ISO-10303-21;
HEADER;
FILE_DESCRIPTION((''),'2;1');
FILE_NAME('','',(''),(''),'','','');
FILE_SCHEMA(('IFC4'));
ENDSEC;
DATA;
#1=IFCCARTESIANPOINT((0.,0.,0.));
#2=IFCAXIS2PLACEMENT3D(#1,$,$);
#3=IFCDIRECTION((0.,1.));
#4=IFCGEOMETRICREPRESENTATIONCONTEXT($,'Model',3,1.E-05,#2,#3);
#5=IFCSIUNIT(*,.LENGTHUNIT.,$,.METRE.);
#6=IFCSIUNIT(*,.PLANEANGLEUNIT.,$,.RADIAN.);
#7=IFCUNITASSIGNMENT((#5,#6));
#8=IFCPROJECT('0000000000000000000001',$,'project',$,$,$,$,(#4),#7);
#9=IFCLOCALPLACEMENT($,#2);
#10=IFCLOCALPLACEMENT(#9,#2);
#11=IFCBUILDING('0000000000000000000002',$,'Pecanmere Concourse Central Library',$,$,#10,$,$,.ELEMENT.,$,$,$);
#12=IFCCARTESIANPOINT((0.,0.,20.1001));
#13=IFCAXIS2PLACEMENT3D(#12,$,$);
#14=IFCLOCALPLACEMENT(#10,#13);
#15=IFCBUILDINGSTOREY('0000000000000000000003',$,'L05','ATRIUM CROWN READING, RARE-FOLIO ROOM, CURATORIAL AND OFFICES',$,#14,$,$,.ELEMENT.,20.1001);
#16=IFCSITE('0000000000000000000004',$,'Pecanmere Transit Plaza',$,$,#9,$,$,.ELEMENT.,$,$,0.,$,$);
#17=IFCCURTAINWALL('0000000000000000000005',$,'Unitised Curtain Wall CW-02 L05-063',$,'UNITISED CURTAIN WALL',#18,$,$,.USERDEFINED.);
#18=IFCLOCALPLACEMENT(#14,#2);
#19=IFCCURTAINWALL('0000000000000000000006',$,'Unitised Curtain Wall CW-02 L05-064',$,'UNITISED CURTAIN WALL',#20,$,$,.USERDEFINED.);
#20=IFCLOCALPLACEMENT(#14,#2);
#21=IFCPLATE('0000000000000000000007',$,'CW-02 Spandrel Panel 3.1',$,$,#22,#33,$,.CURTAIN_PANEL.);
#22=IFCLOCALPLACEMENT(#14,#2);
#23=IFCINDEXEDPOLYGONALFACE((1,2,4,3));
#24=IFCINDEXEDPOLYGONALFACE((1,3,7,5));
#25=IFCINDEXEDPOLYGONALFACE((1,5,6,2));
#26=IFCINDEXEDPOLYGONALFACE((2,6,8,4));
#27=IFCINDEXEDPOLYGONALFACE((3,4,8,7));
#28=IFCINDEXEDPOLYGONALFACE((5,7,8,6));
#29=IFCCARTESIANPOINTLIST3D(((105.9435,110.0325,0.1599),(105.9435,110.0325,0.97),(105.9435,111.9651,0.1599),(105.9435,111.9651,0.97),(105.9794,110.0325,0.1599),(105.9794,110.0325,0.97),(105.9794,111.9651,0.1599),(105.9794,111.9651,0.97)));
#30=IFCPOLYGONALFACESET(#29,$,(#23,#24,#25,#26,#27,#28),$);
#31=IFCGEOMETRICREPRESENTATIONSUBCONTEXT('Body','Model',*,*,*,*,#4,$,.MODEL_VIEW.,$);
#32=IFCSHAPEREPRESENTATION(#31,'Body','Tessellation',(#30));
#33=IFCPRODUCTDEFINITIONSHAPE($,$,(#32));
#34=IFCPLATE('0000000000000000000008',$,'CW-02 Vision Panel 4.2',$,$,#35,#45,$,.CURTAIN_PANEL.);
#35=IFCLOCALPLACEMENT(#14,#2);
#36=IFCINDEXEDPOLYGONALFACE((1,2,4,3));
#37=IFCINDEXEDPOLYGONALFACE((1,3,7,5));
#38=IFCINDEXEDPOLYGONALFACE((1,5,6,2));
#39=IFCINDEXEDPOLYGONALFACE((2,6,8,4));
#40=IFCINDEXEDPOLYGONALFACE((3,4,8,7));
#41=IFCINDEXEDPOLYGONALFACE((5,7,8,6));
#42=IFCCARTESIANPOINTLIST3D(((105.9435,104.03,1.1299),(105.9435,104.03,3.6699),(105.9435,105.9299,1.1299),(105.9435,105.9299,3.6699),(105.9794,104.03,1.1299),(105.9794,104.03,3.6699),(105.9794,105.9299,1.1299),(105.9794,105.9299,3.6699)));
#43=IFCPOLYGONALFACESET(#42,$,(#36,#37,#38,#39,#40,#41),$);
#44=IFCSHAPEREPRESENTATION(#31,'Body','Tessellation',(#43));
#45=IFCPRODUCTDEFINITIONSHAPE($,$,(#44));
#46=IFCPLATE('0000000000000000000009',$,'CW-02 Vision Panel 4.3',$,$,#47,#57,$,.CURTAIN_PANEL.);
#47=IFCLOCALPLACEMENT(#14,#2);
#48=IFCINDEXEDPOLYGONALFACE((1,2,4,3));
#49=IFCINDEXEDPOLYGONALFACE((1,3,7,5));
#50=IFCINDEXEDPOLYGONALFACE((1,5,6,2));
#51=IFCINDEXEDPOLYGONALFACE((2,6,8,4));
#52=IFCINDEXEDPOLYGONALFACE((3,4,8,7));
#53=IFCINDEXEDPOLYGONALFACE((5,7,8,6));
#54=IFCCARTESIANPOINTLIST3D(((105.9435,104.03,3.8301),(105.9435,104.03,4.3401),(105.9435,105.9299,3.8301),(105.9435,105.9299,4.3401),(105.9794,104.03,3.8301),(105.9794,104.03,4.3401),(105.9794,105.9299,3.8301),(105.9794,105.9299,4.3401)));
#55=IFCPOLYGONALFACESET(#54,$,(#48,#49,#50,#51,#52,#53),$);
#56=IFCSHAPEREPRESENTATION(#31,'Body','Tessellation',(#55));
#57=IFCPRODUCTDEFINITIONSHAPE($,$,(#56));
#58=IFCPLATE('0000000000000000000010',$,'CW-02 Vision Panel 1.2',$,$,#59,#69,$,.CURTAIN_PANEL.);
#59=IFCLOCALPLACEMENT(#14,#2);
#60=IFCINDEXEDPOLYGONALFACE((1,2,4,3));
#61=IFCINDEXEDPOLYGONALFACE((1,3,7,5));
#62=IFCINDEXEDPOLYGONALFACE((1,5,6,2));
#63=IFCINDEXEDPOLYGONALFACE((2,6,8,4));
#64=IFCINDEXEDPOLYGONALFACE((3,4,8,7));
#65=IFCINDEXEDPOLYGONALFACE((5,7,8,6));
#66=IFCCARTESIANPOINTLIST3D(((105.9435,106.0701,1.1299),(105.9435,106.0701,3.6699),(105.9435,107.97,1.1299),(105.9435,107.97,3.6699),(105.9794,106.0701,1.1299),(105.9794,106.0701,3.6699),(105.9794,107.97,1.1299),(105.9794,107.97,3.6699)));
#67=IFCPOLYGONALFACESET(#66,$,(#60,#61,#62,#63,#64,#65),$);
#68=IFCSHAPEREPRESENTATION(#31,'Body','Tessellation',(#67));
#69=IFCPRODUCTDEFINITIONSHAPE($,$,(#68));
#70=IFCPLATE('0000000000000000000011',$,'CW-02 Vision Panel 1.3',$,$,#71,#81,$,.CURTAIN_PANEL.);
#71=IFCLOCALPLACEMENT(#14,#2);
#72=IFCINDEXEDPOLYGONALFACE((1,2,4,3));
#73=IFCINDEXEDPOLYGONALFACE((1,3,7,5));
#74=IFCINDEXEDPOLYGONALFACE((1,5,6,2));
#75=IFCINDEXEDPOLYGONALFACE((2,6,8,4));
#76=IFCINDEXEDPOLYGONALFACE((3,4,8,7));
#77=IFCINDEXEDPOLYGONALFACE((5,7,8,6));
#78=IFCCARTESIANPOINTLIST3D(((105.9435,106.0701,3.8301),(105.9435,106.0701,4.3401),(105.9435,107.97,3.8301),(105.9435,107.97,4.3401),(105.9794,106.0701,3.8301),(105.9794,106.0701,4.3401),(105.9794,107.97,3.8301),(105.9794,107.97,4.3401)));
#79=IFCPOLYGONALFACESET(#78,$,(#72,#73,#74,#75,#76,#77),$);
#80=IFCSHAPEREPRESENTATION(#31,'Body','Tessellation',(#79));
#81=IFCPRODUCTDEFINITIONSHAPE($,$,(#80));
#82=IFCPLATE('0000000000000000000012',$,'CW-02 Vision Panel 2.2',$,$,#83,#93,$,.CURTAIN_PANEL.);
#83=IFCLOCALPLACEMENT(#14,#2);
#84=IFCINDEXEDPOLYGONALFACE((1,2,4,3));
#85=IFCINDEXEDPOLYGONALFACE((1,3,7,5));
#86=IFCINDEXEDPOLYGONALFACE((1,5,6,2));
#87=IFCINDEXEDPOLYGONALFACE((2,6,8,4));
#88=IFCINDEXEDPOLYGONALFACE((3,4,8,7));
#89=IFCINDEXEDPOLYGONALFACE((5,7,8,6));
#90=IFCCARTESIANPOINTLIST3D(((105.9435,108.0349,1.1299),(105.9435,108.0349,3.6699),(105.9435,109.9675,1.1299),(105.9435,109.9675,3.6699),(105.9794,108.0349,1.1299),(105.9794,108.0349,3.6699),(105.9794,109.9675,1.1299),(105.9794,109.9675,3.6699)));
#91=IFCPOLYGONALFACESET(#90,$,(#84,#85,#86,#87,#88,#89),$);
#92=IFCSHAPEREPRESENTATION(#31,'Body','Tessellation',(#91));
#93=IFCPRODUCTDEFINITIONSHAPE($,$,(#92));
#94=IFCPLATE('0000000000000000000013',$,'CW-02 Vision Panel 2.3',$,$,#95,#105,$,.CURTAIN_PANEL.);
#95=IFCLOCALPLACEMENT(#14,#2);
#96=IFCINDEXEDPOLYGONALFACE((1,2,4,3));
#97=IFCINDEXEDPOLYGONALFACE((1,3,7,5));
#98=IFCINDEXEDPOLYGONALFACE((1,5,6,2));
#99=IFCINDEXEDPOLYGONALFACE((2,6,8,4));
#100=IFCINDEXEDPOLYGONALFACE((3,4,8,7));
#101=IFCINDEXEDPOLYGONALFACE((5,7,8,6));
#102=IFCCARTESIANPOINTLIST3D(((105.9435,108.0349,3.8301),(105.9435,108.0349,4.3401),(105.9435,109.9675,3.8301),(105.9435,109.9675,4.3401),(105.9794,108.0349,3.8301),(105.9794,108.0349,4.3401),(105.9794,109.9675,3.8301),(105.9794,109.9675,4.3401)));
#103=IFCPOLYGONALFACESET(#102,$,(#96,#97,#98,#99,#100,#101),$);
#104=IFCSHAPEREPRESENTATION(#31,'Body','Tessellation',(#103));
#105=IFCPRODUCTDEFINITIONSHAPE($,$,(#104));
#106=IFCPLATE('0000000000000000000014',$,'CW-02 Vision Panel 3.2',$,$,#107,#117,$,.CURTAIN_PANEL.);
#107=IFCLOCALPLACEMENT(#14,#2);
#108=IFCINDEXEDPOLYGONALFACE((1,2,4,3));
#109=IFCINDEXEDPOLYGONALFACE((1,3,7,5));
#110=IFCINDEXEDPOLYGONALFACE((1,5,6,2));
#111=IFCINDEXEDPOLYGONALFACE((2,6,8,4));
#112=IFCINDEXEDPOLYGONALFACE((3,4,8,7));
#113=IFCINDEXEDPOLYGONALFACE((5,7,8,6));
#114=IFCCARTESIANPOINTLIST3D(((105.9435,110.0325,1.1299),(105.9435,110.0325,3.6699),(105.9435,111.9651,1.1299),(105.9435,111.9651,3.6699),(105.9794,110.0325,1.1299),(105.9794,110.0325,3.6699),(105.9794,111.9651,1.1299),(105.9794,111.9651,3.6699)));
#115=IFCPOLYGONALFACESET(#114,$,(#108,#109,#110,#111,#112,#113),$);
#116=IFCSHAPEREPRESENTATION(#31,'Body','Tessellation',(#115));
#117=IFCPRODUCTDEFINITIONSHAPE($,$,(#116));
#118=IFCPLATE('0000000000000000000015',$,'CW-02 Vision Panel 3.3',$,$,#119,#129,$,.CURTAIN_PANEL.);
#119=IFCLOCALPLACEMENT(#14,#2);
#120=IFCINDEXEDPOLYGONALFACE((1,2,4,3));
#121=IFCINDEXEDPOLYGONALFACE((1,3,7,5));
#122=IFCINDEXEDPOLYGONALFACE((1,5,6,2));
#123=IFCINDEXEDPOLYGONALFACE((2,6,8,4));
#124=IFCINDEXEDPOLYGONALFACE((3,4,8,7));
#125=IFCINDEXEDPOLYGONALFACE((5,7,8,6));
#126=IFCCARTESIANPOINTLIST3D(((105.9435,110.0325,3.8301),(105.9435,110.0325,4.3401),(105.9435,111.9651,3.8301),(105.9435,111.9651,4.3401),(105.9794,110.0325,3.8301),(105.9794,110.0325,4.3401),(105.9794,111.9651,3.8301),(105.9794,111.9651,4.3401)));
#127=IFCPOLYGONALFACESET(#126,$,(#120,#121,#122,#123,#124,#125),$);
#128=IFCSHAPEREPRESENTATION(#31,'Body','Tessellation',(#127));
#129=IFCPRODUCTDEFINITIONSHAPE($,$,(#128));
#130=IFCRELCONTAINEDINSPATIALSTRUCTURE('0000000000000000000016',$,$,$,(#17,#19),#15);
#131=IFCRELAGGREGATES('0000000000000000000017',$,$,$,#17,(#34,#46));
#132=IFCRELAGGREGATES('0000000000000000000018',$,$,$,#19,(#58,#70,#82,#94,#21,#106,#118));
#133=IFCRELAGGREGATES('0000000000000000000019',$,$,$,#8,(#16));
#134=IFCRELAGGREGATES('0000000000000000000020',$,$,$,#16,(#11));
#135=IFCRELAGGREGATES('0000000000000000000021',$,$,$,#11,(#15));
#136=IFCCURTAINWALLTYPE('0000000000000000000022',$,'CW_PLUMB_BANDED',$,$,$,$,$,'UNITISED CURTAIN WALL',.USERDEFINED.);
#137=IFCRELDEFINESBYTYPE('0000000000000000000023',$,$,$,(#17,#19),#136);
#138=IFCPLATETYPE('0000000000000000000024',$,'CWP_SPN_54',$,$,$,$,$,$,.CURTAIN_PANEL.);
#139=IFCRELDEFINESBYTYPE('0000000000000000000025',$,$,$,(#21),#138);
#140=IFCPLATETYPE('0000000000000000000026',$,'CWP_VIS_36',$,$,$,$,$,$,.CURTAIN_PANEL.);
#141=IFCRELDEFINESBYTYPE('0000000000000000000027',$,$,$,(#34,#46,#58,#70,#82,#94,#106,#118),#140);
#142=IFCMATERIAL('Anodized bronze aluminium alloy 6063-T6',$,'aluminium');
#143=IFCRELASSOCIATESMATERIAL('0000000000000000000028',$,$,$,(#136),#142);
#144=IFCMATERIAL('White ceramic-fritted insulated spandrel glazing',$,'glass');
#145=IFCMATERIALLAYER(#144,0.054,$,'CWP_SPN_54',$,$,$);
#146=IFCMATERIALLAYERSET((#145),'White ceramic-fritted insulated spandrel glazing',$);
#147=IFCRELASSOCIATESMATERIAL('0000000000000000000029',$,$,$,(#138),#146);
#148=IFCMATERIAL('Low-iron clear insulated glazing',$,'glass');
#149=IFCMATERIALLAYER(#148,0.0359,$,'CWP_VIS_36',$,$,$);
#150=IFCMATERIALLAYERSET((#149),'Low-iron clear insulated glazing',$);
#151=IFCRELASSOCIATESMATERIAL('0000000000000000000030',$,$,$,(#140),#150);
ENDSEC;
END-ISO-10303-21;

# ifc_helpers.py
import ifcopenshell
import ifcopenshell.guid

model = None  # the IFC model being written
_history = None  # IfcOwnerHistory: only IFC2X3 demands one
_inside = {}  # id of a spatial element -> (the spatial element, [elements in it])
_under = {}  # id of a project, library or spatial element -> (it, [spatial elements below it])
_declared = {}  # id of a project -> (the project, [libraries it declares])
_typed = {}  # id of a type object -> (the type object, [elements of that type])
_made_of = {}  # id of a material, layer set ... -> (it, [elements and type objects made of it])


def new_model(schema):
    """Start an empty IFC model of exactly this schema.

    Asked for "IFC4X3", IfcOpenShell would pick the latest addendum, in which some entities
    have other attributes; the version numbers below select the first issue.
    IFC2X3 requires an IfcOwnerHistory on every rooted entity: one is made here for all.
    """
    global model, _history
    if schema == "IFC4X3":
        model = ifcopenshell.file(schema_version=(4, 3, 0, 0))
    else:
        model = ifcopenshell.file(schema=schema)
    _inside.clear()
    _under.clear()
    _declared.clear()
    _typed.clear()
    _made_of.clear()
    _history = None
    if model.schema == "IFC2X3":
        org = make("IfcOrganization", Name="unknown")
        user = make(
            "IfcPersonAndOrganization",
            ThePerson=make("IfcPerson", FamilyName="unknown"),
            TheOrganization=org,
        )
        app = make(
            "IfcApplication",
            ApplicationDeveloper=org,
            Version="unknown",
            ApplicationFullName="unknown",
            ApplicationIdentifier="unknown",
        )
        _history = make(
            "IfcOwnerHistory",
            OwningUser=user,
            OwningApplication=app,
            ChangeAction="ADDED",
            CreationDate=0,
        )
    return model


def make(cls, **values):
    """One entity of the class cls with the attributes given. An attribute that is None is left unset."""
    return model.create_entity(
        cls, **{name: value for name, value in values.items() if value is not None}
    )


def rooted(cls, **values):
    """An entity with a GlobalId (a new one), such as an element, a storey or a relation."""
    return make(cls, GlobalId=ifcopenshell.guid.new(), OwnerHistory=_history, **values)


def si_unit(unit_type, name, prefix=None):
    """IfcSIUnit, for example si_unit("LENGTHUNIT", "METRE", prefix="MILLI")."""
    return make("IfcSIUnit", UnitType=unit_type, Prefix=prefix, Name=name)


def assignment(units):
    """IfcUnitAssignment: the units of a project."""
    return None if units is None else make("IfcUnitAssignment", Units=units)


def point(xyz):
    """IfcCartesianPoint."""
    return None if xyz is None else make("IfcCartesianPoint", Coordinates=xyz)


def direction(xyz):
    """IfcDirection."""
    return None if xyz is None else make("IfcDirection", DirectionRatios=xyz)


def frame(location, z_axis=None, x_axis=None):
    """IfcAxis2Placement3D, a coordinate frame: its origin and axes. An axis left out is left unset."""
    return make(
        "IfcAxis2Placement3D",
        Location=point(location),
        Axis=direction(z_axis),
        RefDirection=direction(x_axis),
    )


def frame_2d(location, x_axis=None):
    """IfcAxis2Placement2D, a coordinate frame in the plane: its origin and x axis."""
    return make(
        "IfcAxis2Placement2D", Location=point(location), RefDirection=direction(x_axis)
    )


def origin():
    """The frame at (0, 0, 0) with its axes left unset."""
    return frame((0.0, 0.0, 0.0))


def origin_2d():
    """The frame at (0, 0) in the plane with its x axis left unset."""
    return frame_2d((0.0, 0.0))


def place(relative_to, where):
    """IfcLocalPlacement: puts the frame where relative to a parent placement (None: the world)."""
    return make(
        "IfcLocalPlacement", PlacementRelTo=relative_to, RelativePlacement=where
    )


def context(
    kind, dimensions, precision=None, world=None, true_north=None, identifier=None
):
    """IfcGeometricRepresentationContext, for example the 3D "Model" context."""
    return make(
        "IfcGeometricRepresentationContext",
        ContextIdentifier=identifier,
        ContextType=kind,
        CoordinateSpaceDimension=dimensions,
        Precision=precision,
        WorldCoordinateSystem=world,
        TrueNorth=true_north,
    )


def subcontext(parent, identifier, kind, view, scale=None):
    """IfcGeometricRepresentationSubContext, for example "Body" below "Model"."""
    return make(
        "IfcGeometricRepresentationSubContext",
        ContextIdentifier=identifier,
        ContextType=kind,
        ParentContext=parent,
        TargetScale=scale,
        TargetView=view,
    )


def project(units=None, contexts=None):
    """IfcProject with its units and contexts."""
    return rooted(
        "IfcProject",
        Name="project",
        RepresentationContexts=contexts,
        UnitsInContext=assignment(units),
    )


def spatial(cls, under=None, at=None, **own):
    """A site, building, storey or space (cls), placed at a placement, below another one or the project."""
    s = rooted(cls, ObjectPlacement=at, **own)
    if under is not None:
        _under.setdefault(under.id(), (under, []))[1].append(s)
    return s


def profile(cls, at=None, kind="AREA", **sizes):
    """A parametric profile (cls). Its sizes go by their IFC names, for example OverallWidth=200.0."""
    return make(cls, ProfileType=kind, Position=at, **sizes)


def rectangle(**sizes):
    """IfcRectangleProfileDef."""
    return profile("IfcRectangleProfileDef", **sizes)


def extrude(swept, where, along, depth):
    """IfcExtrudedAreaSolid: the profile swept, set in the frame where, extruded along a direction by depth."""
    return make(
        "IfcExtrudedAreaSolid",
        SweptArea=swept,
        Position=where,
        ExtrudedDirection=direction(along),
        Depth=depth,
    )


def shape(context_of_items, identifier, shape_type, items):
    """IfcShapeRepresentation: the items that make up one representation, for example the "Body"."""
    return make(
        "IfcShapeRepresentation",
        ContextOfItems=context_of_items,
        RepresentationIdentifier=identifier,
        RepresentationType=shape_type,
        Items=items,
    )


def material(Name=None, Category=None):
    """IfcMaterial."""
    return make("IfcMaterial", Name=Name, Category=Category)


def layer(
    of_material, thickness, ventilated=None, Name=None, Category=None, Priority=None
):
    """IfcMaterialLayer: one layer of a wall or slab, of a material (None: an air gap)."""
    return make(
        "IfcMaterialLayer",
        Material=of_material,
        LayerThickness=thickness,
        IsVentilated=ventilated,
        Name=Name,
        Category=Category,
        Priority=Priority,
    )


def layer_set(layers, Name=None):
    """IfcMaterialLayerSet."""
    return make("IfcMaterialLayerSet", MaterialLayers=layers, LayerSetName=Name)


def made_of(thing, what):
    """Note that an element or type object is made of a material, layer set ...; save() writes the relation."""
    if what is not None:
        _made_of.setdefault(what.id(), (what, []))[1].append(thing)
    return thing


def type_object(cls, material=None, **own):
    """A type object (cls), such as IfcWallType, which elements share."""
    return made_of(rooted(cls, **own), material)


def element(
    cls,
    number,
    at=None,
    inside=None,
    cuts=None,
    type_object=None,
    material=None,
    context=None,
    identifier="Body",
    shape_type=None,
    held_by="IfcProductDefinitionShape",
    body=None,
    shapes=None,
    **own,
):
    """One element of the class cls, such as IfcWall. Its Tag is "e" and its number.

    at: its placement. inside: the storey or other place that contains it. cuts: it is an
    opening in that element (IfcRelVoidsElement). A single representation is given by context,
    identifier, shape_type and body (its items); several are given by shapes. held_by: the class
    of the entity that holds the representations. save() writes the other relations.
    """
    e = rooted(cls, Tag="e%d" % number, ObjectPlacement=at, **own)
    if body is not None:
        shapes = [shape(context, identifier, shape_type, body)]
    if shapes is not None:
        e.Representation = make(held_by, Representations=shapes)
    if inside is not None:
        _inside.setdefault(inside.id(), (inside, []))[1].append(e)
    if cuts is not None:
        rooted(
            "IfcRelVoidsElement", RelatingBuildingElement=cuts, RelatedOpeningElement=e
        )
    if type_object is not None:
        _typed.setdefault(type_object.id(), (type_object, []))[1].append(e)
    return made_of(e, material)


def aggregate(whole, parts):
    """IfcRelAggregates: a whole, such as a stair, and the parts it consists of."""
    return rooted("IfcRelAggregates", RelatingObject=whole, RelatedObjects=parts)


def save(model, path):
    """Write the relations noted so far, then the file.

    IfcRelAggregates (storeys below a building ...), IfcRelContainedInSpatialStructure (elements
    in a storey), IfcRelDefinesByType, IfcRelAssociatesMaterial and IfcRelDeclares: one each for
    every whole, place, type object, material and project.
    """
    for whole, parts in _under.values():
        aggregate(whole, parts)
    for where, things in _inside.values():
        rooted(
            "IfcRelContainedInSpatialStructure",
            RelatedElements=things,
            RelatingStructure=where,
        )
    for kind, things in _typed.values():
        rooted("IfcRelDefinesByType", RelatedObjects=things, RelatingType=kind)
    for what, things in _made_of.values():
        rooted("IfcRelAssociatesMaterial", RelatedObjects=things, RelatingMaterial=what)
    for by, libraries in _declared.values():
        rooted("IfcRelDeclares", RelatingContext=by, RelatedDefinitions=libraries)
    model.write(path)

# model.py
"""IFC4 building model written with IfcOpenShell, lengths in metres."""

from ifc_helpers import new_model, si_unit, direction, frame, origin, origin_2d, place, context, subcontext, project, spatial, rectangle, extrude, material, layer, layer_set, type_object, element, aggregate, save


model = new_model("IFC4")

# Units and contexts
model_context = context("Model", 3, precision=1e-05, world=origin(), true_north=direction((0.0, 1.0)))
body_context = subcontext(model_context, "Body", "Model", "MODEL_VIEW")
ifc_project = project(units=[si_unit("LENGTHUNIT", "METRE"), si_unit("PLANEANGLEUNIT", "RADIAN")], contexts=[model_context])

# Site, building, storey
site_placement = place(None, origin())
site = spatial("IfcSite", under=ifc_project, at=site_placement, Name="Pecanmere Transit Plaza", CompositionType="ELEMENT", RefElevation=0.0)
building_placement = place(site_placement, origin())
building = spatial("IfcBuilding", under=site, at=building_placement, Name="Pecanmere Concourse Central Library", CompositionType="ELEMENT")
storey_placement = place(building_placement, frame((0.0, 0.0, 20.1001)))
storey = spatial("IfcBuildingStorey", under=building, at=storey_placement, Name="L05", Description="ATRIUM CROWN READING, RARE-FOLIO ROOM, CURATORIAL AND OFFICES", CompositionType="ELEMENT", Elevation=20.1001)

# Curtain wall
ifc_material_1 = material(Name="Anodized bronze aluminium alloy 6063-T6", Category="aluminium")
curtain_wall_type = type_object("IfcCurtainWallType", Name="CW_PLUMB_BANDED", ElementType="UNITISED CURTAIN WALL", PredefinedType="USERDEFINED", material=ifc_material_1)
curtain_wall_1_placement = place(storey_placement, origin())
curtain_wall_1 = element("IfcCurtainWall", 1, at=curtain_wall_1_placement, inside=storey, type_object=curtain_wall_type, Name="Unitised Curtain Wall CW-02 L05-063", ObjectType="UNITISED CURTAIN WALL", PredefinedType="USERDEFINED")

# Curtain wall
curtain_wall_2_placement = place(storey_placement, origin())
curtain_wall_2 = element("IfcCurtainWall", 2, at=curtain_wall_2_placement, inside=storey, type_object=curtain_wall_type, Name="Unitised Curtain Wall CW-02 L05-064", ObjectType="UNITISED CURTAIN WALL", PredefinedType="USERDEFINED")

# Plates
ifc_material_2 = material(Name="White ceramic-fritted insulated spandrel glazing", Category="glass")
ifc_layer_1 = layer(ifc_material_2, 0.054, Name="CWP_SPN_54")
ifc_layer_set_1 = layer_set([ifc_layer_1], Name="White ceramic-fritted insulated spandrel glazing")
plate_type_1 = type_object("IfcPlateType", Name="CWP_SPN_54", PredefinedType="CURTAIN_PANEL", material=ifc_layer_set_1)
plate_1_placement = place(storey_placement, frame((105.9614, 110.9988, 0.1599), z_axis=(0.0, 0.0, 1.0), x_axis=(0.0, 1.0, 0.0)))
plate_1 = element("IfcPlate", 3, at=plate_1_placement, type_object=plate_type_1, Name="CW-02 Spandrel Panel 3.1", PredefinedType="CURTAIN_PANEL", context=body_context, shape_type="SweptSolid", body=[
    extrude(rectangle(XDim=1.9326, YDim=0.0359, at=origin_2d()), origin(), (0.0, 0.0, 1.0), 0.8101),
])
ifc_material_3 = material(Name="Low-iron clear insulated glazing", Category="glass")
ifc_layer_2 = layer(ifc_material_3, 0.0359, Name="CWP_VIS_36")
ifc_layer_set_2 = layer_set([ifc_layer_2], Name="Low-iron clear insulated glazing")
plate_type_2 = type_object("IfcPlateType", Name="CWP_VIS_36", PredefinedType="CURTAIN_PANEL", material=ifc_layer_set_2)
plate_2_placement = place(storey_placement, frame((105.9614, 104.98, 1.1299), z_axis=(0.0, 0.0, 1.0), x_axis=(0.0, 1.0, 0.0)))
plate_2 = element("IfcPlate", 4, at=plate_2_placement, type_object=plate_type_2, Name="CW-02 Vision Panel 4.2", PredefinedType="CURTAIN_PANEL", context=body_context, shape_type="SweptSolid", body=[
    extrude(rectangle(XDim=1.8999, YDim=0.0359, at=origin_2d()), origin(), (0.0, 0.0, 1.0), 2.54),
])
plate_3_placement = place(storey_placement, frame((105.9614, 104.98, 3.8301), z_axis=(0.0, 0.0, 1.0), x_axis=(0.0, 1.0, 0.0)))
plate_3 = element("IfcPlate", 5, at=plate_3_placement, type_object=plate_type_2, Name="CW-02 Vision Panel 4.3", PredefinedType="CURTAIN_PANEL", context=body_context, shape_type="SweptSolid", body=[
    extrude(rectangle(XDim=1.8999, YDim=0.0359, at=origin_2d()), origin(), (0.0, 0.0, 1.0), 0.51),
])
aggregate(curtain_wall_1, [plate_2, plate_3])
plate_4_placement = place(storey_placement, frame((105.9614, 107.02, 1.1299), z_axis=(0.0, 0.0, 1.0), x_axis=(0.0, 1.0, 0.0)))
plate_4 = element("IfcPlate", 6, at=plate_4_placement, type_object=plate_type_2, Name="CW-02 Vision Panel 1.2", PredefinedType="CURTAIN_PANEL", context=body_context, shape_type="SweptSolid", body=[
    extrude(rectangle(XDim=1.8999, YDim=0.0359, at=origin_2d()), origin(), (0.0, 0.0, 1.0), 2.54),
])
plate_5_placement = place(storey_placement, frame((105.9614, 107.02, 3.8301), z_axis=(0.0, 0.0, 1.0), x_axis=(0.0, 1.0, 0.0)))
plate_5 = element("IfcPlate", 7, at=plate_5_placement, type_object=plate_type_2, Name="CW-02 Vision Panel 1.3", PredefinedType="CURTAIN_PANEL", context=body_context, shape_type="SweptSolid", body=[
    extrude(rectangle(XDim=1.8999, YDim=0.0359, at=origin_2d()), origin(), (0.0, 0.0, 1.0), 0.51),
])
plate_6_placement = place(storey_placement, frame((105.9614, 109.0012, 1.1299), z_axis=(0.0, 0.0, 1.0), x_axis=(0.0, 1.0, 0.0)))
plate_6 = element("IfcPlate", 8, at=plate_6_placement, type_object=plate_type_2, Name="CW-02 Vision Panel 2.2", PredefinedType="CURTAIN_PANEL", context=body_context, shape_type="SweptSolid", body=[
    extrude(rectangle(XDim=1.9326, YDim=0.0359, at=origin_2d()), origin(), (0.0, 0.0, 1.0), 2.54),
])
plate_7_placement = place(storey_placement, frame((105.9614, 109.0012, 3.8301), z_axis=(0.0, 0.0, 1.0), x_axis=(0.0, 1.0, 0.0)))
plate_7 = element("IfcPlate", 9, at=plate_7_placement, type_object=plate_type_2, Name="CW-02 Vision Panel 2.3", PredefinedType="CURTAIN_PANEL", context=body_context, shape_type="SweptSolid", body=[
    extrude(rectangle(XDim=1.9326, YDim=0.0359, at=origin_2d()), origin(), (0.0, 0.0, 1.0), 0.51),
])
plate_8_placement = place(storey_placement, frame((105.9614, 110.9988, 1.1299), z_axis=(0.0, 0.0, 1.0), x_axis=(0.0, 1.0, 0.0)))
plate_8 = element("IfcPlate", 10, at=plate_8_placement, type_object=plate_type_2, Name="CW-02 Vision Panel 3.2", PredefinedType="CURTAIN_PANEL", context=body_context, shape_type="SweptSolid", body=[
    extrude(rectangle(XDim=1.9326, YDim=0.0359, at=origin_2d()), origin(), (0.0, 0.0, 1.0), 2.54),
])
plate_9_placement = place(storey_placement, frame((105.9614, 110.9988, 3.8301), z_axis=(0.0, 0.0, 1.0), x_axis=(0.0, 1.0, 0.0)))
plate_9 = element("IfcPlate", 11, at=plate_9_placement, type_object=plate_type_2, Name="CW-02 Vision Panel 3.3", PredefinedType="CURTAIN_PANEL", context=body_context, shape_type="SweptSolid", body=[
    extrude(rectangle(XDim=1.9326, YDim=0.0359, at=origin_2d()), origin(), (0.0, 0.0, 1.0), 0.51),
])
aggregate(curtain_wall_2, [plate_4, plate_5, plate_6, plate_7, plate_1, plate_8, plate_9])

save(model, "model.ifc")
